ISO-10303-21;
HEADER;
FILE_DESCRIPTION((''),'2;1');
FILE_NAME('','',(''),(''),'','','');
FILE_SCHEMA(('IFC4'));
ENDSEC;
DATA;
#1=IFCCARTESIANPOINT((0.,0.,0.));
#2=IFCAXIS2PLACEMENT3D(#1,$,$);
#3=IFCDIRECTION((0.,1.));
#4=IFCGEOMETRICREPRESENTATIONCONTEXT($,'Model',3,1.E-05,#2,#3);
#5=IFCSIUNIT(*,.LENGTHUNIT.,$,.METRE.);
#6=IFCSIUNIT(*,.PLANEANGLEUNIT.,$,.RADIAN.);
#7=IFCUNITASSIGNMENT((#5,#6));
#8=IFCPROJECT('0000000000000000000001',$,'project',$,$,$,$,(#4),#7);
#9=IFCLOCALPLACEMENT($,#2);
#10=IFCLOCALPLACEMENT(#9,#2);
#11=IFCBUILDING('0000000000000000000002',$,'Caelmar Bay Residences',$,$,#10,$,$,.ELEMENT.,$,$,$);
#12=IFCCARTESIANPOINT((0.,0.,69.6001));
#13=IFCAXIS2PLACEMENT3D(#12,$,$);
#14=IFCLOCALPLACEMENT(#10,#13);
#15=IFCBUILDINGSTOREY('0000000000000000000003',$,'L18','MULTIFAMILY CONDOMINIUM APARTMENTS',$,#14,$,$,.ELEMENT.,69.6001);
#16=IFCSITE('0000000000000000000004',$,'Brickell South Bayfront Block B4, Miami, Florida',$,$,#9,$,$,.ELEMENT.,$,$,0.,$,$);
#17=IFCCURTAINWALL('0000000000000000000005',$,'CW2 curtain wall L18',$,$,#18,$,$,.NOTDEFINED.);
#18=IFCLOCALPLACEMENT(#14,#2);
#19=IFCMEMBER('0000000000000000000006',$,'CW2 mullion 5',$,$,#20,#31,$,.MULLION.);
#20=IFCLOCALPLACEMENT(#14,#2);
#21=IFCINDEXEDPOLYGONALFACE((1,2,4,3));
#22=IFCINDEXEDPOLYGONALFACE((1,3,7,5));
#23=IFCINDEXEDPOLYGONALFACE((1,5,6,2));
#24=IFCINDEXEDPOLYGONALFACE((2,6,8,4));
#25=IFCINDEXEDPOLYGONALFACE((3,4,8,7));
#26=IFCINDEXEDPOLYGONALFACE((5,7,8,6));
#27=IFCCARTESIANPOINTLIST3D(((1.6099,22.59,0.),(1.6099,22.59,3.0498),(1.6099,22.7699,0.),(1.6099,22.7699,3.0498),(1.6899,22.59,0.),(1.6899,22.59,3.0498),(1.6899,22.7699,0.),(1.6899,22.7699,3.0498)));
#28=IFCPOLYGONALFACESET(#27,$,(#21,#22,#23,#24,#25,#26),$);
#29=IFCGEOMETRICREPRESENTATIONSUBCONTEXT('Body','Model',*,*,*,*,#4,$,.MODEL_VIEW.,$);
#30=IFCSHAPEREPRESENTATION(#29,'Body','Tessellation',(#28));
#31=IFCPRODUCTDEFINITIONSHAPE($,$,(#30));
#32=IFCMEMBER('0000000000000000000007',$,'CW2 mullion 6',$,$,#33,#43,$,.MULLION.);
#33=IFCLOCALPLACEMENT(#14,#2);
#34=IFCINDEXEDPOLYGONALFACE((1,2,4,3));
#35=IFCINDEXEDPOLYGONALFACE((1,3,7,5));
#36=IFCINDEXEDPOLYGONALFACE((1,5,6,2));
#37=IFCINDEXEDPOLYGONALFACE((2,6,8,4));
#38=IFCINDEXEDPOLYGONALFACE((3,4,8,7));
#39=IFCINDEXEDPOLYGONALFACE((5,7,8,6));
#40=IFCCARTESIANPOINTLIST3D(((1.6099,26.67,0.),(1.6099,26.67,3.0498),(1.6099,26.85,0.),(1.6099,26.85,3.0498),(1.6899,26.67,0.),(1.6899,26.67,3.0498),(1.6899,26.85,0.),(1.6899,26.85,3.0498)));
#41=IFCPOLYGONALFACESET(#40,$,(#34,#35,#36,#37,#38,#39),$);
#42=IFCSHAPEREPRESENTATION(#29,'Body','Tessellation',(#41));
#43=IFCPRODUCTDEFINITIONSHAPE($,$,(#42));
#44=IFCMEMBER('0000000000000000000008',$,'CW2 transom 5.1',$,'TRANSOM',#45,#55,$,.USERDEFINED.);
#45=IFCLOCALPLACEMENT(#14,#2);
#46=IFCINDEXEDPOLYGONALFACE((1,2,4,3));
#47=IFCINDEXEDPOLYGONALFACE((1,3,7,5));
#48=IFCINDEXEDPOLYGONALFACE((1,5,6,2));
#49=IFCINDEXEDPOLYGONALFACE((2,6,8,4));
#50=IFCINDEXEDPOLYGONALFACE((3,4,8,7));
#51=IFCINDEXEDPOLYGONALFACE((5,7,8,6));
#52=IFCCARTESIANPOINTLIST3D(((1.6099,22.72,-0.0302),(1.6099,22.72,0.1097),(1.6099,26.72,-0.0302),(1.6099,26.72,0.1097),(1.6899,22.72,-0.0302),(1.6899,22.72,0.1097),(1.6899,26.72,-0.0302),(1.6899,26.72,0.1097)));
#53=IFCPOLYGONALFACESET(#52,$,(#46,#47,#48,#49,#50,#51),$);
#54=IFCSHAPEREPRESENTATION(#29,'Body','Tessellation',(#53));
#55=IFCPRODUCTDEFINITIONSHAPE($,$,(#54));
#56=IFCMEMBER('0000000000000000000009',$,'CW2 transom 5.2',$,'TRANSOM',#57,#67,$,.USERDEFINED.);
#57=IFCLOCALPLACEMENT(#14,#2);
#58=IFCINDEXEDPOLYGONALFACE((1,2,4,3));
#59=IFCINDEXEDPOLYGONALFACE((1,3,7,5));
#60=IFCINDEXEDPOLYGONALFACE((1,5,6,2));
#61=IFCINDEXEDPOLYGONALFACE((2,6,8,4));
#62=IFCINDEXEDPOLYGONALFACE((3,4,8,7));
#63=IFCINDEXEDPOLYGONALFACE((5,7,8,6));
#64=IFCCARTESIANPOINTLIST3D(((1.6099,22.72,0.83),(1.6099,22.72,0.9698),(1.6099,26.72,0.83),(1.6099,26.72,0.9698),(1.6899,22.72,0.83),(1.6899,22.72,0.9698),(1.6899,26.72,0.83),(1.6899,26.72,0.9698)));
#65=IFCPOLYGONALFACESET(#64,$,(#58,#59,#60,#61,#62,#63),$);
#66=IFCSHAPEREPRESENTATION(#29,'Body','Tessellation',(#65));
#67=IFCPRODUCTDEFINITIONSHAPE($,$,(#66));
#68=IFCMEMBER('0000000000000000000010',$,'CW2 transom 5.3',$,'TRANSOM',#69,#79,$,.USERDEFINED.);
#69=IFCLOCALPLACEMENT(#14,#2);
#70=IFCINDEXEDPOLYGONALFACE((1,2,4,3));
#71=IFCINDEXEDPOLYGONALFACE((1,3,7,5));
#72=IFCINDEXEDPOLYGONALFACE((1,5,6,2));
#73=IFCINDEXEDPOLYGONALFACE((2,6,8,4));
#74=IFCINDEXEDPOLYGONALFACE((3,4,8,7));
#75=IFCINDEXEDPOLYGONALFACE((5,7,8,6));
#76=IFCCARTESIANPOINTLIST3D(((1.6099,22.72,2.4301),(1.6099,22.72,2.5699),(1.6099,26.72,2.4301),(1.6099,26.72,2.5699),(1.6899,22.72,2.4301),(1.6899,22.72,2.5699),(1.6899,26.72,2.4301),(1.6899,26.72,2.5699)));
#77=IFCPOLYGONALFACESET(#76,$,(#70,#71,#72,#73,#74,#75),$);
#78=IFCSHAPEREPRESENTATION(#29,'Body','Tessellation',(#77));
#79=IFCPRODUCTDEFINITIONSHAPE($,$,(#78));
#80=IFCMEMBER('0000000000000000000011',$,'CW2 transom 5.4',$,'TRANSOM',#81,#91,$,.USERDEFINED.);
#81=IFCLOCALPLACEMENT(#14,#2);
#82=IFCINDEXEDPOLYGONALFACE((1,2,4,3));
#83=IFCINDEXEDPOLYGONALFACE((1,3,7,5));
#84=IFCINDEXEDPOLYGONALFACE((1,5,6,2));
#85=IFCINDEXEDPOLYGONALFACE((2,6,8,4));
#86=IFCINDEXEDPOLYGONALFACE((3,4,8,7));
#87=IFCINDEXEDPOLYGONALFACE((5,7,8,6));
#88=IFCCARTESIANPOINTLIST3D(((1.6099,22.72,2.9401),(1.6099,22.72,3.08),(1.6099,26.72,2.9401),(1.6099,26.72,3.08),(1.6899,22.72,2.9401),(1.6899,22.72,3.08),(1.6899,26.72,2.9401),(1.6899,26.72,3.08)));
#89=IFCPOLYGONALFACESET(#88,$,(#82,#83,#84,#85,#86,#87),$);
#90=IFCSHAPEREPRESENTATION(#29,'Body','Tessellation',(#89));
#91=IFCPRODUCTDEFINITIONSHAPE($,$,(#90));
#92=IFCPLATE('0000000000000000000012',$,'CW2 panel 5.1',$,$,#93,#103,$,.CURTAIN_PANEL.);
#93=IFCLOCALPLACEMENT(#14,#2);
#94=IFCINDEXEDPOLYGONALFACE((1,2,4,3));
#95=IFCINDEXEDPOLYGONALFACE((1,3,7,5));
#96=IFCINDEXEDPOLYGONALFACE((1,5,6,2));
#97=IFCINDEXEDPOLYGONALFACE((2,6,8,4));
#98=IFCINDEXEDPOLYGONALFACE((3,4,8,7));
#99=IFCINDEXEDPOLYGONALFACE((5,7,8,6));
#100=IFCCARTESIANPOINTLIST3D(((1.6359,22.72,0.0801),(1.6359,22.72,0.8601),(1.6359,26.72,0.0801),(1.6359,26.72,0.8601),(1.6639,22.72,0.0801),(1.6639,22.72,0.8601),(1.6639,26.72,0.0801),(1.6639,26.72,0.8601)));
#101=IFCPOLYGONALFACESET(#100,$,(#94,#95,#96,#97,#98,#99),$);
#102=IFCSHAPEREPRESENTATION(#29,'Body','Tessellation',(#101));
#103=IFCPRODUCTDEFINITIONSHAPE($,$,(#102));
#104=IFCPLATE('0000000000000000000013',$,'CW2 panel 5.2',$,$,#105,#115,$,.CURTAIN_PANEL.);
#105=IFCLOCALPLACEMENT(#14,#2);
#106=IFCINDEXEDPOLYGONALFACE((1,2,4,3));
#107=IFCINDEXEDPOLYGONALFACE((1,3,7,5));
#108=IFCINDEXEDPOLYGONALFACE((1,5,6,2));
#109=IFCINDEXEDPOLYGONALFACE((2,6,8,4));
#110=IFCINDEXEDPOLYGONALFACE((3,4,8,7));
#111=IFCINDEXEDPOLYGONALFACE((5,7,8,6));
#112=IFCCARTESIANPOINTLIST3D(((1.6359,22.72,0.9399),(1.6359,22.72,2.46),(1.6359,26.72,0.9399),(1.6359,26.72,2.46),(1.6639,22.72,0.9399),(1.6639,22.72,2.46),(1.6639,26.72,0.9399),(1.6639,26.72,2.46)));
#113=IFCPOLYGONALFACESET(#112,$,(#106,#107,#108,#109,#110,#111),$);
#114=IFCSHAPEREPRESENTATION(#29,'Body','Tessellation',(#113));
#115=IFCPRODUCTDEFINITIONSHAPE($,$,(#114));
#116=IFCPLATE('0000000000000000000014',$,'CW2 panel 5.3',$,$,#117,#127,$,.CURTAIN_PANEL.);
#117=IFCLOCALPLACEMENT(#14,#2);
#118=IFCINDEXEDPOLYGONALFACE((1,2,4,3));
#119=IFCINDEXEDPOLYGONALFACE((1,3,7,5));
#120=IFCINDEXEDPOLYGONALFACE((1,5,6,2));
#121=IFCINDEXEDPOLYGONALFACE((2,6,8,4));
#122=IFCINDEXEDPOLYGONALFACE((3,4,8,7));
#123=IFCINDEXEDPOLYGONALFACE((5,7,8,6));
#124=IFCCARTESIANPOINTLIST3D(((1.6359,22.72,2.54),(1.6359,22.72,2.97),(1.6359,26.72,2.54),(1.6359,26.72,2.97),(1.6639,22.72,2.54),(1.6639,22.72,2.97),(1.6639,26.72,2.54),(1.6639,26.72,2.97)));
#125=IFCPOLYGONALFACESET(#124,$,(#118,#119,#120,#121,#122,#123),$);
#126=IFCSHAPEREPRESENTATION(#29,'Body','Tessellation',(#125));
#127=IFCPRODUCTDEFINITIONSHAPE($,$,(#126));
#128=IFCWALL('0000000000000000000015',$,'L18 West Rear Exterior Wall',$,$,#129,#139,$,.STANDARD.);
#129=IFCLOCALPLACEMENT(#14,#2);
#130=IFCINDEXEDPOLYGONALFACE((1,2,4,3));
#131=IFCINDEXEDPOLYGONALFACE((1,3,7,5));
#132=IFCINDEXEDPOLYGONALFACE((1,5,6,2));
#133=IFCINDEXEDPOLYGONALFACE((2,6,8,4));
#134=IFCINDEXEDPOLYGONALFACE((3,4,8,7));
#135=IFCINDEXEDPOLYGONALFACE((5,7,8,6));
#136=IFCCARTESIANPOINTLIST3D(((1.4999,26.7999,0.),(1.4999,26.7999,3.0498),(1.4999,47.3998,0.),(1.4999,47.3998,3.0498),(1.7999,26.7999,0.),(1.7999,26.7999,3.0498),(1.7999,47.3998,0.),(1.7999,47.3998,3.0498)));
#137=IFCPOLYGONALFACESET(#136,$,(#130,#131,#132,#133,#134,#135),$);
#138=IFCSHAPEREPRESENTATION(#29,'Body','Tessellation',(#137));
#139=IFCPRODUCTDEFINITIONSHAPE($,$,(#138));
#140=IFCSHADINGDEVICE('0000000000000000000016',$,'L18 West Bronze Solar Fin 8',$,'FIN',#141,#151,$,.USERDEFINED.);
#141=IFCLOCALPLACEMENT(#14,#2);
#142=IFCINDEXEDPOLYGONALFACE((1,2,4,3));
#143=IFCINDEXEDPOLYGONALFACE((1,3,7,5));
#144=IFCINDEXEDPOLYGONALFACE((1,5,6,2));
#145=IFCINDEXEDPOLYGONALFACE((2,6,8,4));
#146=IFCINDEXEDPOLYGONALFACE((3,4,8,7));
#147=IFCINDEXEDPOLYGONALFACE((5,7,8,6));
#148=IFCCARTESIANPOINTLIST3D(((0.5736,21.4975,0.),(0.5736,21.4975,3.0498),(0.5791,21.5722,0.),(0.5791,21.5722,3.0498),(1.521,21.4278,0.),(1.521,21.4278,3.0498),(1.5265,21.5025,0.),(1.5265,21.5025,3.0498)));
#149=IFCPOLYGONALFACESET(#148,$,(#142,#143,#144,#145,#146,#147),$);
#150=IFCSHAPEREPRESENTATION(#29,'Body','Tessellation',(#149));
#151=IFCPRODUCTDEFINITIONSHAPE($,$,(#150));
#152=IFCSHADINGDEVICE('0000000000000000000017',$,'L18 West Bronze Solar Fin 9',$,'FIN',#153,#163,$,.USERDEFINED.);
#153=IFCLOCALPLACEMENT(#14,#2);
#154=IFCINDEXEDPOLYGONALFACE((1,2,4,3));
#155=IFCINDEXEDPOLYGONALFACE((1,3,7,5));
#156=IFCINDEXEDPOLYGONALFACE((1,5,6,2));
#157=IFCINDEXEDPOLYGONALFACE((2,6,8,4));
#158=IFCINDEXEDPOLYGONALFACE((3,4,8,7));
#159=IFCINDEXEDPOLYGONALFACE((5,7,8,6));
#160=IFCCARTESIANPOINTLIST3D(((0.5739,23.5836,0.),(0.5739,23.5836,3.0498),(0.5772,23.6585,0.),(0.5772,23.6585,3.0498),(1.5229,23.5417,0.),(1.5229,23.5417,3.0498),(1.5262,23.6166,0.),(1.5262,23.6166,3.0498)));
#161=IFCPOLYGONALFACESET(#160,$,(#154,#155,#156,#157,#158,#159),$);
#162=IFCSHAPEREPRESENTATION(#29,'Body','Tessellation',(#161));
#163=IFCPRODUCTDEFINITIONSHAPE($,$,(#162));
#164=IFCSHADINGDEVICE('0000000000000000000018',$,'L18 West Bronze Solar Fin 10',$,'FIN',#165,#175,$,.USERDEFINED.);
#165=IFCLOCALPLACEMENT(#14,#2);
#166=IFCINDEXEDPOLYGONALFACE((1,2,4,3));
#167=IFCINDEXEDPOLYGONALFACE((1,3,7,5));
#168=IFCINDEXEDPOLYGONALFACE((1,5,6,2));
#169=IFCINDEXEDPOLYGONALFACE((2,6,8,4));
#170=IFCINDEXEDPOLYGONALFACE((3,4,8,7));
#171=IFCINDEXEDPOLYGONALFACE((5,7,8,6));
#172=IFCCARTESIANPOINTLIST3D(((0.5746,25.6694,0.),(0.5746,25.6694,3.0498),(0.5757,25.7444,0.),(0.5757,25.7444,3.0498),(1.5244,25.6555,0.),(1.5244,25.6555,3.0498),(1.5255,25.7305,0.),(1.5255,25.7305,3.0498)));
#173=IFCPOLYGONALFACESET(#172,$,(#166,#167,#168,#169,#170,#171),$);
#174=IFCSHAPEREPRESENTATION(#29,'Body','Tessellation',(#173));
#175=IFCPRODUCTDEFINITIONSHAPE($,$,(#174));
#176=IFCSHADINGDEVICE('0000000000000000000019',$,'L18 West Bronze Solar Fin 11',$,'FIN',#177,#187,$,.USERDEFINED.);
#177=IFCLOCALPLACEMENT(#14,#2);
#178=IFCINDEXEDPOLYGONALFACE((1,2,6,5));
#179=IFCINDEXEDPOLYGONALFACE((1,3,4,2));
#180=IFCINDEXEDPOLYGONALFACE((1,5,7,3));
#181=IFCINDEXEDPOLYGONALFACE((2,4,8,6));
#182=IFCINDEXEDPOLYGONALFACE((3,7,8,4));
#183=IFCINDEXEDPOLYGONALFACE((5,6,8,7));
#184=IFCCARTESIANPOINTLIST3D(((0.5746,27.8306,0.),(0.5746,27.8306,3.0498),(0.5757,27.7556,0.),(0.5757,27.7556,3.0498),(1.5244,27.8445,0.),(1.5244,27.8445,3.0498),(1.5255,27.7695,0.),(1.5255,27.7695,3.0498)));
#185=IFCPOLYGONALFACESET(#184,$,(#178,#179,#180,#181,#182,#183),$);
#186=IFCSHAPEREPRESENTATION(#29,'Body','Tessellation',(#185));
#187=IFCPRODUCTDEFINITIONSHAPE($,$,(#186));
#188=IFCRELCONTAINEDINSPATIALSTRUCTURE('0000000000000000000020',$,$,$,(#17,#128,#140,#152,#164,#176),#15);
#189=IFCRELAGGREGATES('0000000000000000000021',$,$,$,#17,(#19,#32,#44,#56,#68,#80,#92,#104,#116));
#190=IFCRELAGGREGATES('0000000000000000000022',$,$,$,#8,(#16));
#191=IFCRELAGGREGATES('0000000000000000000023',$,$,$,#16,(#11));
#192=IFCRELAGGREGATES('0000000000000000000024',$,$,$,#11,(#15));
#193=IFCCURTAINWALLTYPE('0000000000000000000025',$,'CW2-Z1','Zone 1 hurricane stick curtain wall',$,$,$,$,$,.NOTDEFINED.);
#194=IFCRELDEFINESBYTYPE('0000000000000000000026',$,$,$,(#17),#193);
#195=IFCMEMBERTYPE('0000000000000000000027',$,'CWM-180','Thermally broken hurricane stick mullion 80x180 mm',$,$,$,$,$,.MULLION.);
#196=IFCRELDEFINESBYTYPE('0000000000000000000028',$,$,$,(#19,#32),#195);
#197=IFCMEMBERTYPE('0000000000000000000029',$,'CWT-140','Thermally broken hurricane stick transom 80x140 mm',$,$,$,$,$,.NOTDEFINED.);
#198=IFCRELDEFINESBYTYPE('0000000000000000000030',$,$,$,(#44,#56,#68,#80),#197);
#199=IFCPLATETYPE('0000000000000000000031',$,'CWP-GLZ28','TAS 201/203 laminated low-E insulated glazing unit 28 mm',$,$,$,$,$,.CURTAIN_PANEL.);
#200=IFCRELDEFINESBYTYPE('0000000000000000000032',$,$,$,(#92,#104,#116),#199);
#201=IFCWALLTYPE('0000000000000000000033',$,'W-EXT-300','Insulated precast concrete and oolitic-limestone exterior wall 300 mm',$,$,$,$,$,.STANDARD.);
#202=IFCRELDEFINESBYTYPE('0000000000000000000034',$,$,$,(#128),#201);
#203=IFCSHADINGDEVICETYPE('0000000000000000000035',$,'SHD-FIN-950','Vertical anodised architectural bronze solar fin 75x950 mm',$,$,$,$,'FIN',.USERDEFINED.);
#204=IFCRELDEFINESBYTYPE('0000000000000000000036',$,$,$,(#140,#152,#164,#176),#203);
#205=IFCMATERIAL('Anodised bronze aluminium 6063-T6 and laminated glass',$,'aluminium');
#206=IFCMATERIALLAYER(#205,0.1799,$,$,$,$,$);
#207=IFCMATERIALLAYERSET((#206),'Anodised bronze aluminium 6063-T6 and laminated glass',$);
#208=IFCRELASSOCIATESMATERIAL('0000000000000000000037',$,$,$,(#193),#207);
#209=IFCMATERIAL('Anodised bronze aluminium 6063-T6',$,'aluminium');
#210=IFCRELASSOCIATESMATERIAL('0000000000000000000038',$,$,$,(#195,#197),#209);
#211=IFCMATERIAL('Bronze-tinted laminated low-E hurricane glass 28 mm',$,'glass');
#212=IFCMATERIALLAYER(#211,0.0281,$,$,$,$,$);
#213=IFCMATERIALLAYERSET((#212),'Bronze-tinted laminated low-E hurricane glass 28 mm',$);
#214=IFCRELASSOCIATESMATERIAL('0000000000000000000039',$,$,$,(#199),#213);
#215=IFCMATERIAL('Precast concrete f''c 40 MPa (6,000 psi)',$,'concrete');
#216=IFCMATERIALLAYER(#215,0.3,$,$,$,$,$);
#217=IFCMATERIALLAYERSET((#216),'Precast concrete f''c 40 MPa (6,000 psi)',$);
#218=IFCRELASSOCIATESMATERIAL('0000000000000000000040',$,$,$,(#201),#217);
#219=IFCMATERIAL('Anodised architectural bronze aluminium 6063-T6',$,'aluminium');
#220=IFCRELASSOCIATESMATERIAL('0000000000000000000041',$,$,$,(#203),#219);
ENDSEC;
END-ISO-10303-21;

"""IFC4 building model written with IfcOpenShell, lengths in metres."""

from ifc_helpers import new_model, si_unit, direction, frame, frame_2d, origin, origin_2d, place, context, subcontext, project, spatial, rectangle, extrude, material, layer, layer_set, material_profile, profile_set, type_object, element, aggregate, save


model = new_model("IFC4")

# Units and contexts
model_context = context("Model", 3, precision=1e-05, world=origin(), true_north=direction((0.0, 1.0)))
body_context = subcontext(model_context, "Body", "Model", "MODEL_VIEW")
ifc_project = project(units=[si_unit("LENGTHUNIT", "METRE"), si_unit("PLANEANGLEUNIT", "RADIAN")], contexts=[model_context])

# Site, building, storey
site_placement = place(None, origin())
site = spatial("IfcSite", under=ifc_project, at=site_placement, Name="Brickell South Bayfront Block B4, Miami, Florida", CompositionType="ELEMENT", RefElevation=0.0)
building_placement = place(site_placement, origin())
building = spatial("IfcBuilding", under=site, at=building_placement, Name="Caelmar Bay Residences", CompositionType="ELEMENT")
storey_placement = place(building_placement, frame((0.0, 0.0, 69.6001)))
storey = spatial("IfcBuildingStorey", under=building, at=storey_placement, Name="L18", Description="MULTIFAMILY CONDOMINIUM APARTMENTS", CompositionType="ELEMENT", Elevation=69.6001)

# Curtain wall, members, plates
ifc_material_1 = material(Name="Anodised bronze aluminium 6063-T6 and laminated glass", Category="aluminium")
ifc_layer_1 = layer(ifc_material_1, 0.1799)
ifc_layer_set_1 = layer_set([ifc_layer_1], Name="Anodised bronze aluminium 6063-T6 and laminated glass")
curtain_wall_type = type_object("IfcCurtainWallType", Name="CW2-Z1", Description="Zone 1 hurricane stick curtain wall", PredefinedType="NOTDEFINED", material=ifc_layer_set_1)
curtain_wall_placement = place(storey_placement, origin())
curtain_wall = element("IfcCurtainWall", 1, at=curtain_wall_placement, inside=storey, type_object=curtain_wall_type, Name="CW2 curtain wall L18", PredefinedType="NOTDEFINED")
ifc_material_2 = material(Name="Anodised bronze aluminium 6063-T6", Category="aluminium")
ifc_material_profile_1 = material_profile(ifc_material_2, rectangle(XDim=0.0801, YDim=0.1799, at=origin_2d()), Name="CWM-80X180")
ifc_profile_set_1 = profile_set([ifc_material_profile_1], Name="Anodised bronze aluminium 6063-T6")
member_type_1 = type_object("IfcMemberType", Name="CWM-180", Description="Thermally broken hurricane stick mullion 80x180 mm", PredefinedType="MULLION", material=ifc_profile_set_1)
member_1_placement = place(storey_placement, frame((1.6499, 22.6799, 0.0), z_axis=(0.0, 0.0, 1.0), x_axis=(-1.0, 0.0, 0.0)))
member_1 = element("IfcMember", 2, at=member_1_placement, type_object=member_type_1, Name="CW2 mullion 5", PredefinedType="MULLION", context=body_context, shape_type="SweptSolid", body=[
    extrude(rectangle(XDim=0.0801, YDim=0.1799, at=origin_2d()), origin(), (0.0, 0.0, 1.0), 3.0498),
])
member_2_placement = place(storey_placement, frame((1.6499, 26.76, 0.0), z_axis=(0.0, 0.0, 1.0), x_axis=(-1.0, 0.0, 0.0)))
member_2 = element("IfcMember", 3, at=member_2_placement, type_object=member_type_1, Name="CW2 mullion 6", PredefinedType="MULLION", context=body_context, shape_type="SweptSolid", body=[
    extrude(rectangle(XDim=0.0801, YDim=0.1799, at=origin_2d()), origin(), (0.0, 0.0, 1.0), 3.0498),
])
ifc_material_profile_2 = material_profile(ifc_material_2, rectangle(XDim=0.0801, YDim=0.1399, at=origin_2d()), Name="CWT-80X140")
ifc_profile_set_2 = profile_set([ifc_material_profile_2], Name="Anodised bronze aluminium 6063-T6")
member_type_2 = type_object("IfcMemberType", Name="CWT-140", Description="Thermally broken hurricane stick transom 80x140 mm", PredefinedType="NOTDEFINED", material=ifc_profile_set_2)
member_3_placement = place(storey_placement, frame((1.6499, 22.72, 0.0398), z_axis=(0.0, 1.0, 0.0), x_axis=(-1.0, 0.0, 0.0)))
member_3 = element("IfcMember", 4, at=member_3_placement, type_object=member_type_2, Name="CW2 transom 5.1", ObjectType="TRANSOM", PredefinedType="USERDEFINED", context=body_context, shape_type="SweptSolid", body=[
    extrude(rectangle(XDim=0.0801, YDim=0.1399, at=origin_2d()), origin(), (0.0, 0.0, 1.0), 4.0),
])
member_4_placement = place(storey_placement, frame((1.6499, 22.72, 0.8999), z_axis=(0.0, 1.0, 0.0), x_axis=(-1.0, 0.0, 0.0)))
member_4 = element("IfcMember", 5, at=member_4_placement, type_object=member_type_2, Name="CW2 transom 5.2", ObjectType="TRANSOM", PredefinedType="USERDEFINED", context=body_context, shape_type="SweptSolid", body=[
    extrude(rectangle(XDim=0.0801, YDim=0.1399, at=origin_2d()), origin(), (0.0, 0.0, 1.0), 4.0),
])
member_5_placement = place(storey_placement, frame((1.6499, 22.72, 2.5), z_axis=(0.0, 1.0, 0.0), x_axis=(-1.0, 0.0, 0.0)))
member_5 = element("IfcMember", 6, at=member_5_placement, type_object=member_type_2, Name="CW2 transom 5.3", ObjectType="TRANSOM", PredefinedType="USERDEFINED", context=body_context, shape_type="SweptSolid", body=[
    extrude(rectangle(XDim=0.0801, YDim=0.1399, at=origin_2d()), origin(), (0.0, 0.0, 1.0), 4.0),
])
member_6_placement = place(storey_placement, frame((1.6499, 22.72, 3.01), z_axis=(0.0, 1.0, 0.0), x_axis=(-1.0, 0.0, 0.0)))
member_6 = element("IfcMember", 7, at=member_6_placement, type_object=member_type_2, Name="CW2 transom 5.4", ObjectType="TRANSOM", PredefinedType="USERDEFINED", context=body_context, shape_type="SweptSolid", body=[
    extrude(rectangle(XDim=0.0801, YDim=0.1399, at=origin_2d()), origin(), (0.0, 0.0, 1.0), 4.0),
])
ifc_material_3 = material(Name="Bronze-tinted laminated low-E hurricane glass 28 mm", Category="glass")
ifc_layer_2 = layer(ifc_material_3, 0.0281)
ifc_layer_set_2 = layer_set([ifc_layer_2], Name="Bronze-tinted laminated low-E hurricane glass 28 mm")
plate_type = type_object("IfcPlateType", Name="CWP-GLZ28", Description="TAS 201/203 laminated low-E insulated glazing unit 28 mm", PredefinedType="CURTAIN_PANEL", material=ifc_layer_set_2)
plate_1_placement = place(storey_placement, frame((1.6499, 24.72, 0.0801), z_axis=(0.0, 0.0, 1.0), x_axis=(0.0, 1.0, 0.0)))
plate_1 = element("IfcPlate", 8, at=plate_1_placement, type_object=plate_type, Name="CW2 panel 5.1", PredefinedType="CURTAIN_PANEL", context=body_context, shape_type="SweptSolid", body=[
    extrude(rectangle(XDim=4.0, YDim=0.0281, at=origin_2d()), origin(), (0.0, 0.0, 1.0), 0.78),
])
plate_2_placement = place(storey_placement, frame((1.6499, 24.72, 0.9399), z_axis=(0.0, 0.0, 1.0), x_axis=(0.0, 1.0, 0.0)))
plate_2 = element("IfcPlate", 9, at=plate_2_placement, type_object=plate_type, Name="CW2 panel 5.2", PredefinedType="CURTAIN_PANEL", context=body_context, shape_type="SweptSolid", body=[
    extrude(rectangle(XDim=4.0, YDim=0.0281, at=origin_2d()), origin(), (0.0, 0.0, 1.0), 1.52),
])
plate_3_placement = place(storey_placement, frame((1.6499, 24.72, 2.54), z_axis=(0.0, 0.0, 1.0), x_axis=(0.0, 1.0, 0.0)))
plate_3 = element("IfcPlate", 10, at=plate_3_placement, type_object=plate_type, Name="CW2 panel 5.3", PredefinedType="CURTAIN_PANEL", context=body_context, shape_type="SweptSolid", body=[
    extrude(rectangle(XDim=4.0, YDim=0.0281, at=origin_2d()), origin(), (0.0, 0.0, 1.0), 0.4299),
])
aggregate(curtain_wall, [member_1, member_2, member_3, member_4, member_5, member_6, plate_1, plate_2, plate_3])

# Wall
ifc_material_4 = material(Name="Precast concrete f'c 40 MPa (6,000 psi)", Category="concrete")
ifc_layer_3 = layer(ifc_material_4, 0.3)
ifc_layer_set_3 = layer_set([ifc_layer_3], Name="Precast concrete f'c 40 MPa (6,000 psi)")
wall_type = type_object("IfcWallType", Name="W-EXT-300", Description="Insulated precast concrete and oolitic-limestone exterior wall 300 mm", PredefinedType="STANDARD", material=ifc_layer_set_3)
wall_placement = place(storey_placement, frame((1.6499, 26.8, 0.0), z_axis=(0.0, 0.0, 1.0), x_axis=(0.0, 1.0, 0.0)))
element("IfcWall", 11, at=wall_placement, inside=storey, type_object=wall_type, Name="L18 West Rear Exterior Wall", PredefinedType="STANDARD", context=body_context, shape_type="SweptSolid", body=[
    extrude(rectangle(XDim=20.5999, YDim=0.3, at=frame_2d((10.2998, 0.0))), origin(), (0.0, 0.0, 1.0), 3.0498),
])

# Shading devices
ifc_material_5 = material(Name="Anodised architectural bronze aluminium 6063-T6", Category="aluminium")
ifc_material_profile_3 = material_profile(ifc_material_5, rectangle(XDim=0.075, YDim=0.95, at=origin_2d()), Name="BRONZE-FIN-75X950")
ifc_profile_set_3 = profile_set([ifc_material_profile_3], Name="Anodised architectural bronze aluminium 6063-T6")
shading_device_type = type_object("IfcShadingDeviceType", Name="SHD-FIN-950", Description="Vertical anodised architectural bronze solar fin 75x950 mm", ElementType="FIN", PredefinedType="USERDEFINED", material=ifc_profile_set_3)
for number, where, z_axis, x_axis, name in (
    (12, (1.05, 21.5, 0.0), (0.0, 0.0, 1.0), (0.073412, 0.997302, 0.0), "L18 West Bronze Solar Fin 8"),
    (13, (1.05, 23.6001, 0.0), (0.0, 0.0, 1.0), (0.044142, 0.999025, 0.0), "L18 West Bronze Solar Fin 9"),
    (14, (1.05, 25.7, 0.0), (0.0, 0.0, 1.0), (0.01466, 0.999893, 0.0), "L18 West Bronze Solar Fin 10"),
    (15, (1.05, 27.8, 0.0), (0.0, 0.0, 1.0), (-0.01466, 0.999893, 0.0), "L18 West Bronze Solar Fin 11"),
):
    element("IfcShadingDevice", number, at=place(storey_placement, frame(where, z_axis=z_axis, x_axis=x_axis)), inside=storey, type_object=shading_device_type, Name=name, ObjectType="FIN", PredefinedType="USERDEFINED", context=body_context, shape_type="SweptSolid", body=[
        extrude(rectangle(XDim=0.075, YDim=0.95, at=origin_2d()), origin(), (0.0, 0.0, 1.0), 3.0498),
    ])

save(model, "model.ifc")
